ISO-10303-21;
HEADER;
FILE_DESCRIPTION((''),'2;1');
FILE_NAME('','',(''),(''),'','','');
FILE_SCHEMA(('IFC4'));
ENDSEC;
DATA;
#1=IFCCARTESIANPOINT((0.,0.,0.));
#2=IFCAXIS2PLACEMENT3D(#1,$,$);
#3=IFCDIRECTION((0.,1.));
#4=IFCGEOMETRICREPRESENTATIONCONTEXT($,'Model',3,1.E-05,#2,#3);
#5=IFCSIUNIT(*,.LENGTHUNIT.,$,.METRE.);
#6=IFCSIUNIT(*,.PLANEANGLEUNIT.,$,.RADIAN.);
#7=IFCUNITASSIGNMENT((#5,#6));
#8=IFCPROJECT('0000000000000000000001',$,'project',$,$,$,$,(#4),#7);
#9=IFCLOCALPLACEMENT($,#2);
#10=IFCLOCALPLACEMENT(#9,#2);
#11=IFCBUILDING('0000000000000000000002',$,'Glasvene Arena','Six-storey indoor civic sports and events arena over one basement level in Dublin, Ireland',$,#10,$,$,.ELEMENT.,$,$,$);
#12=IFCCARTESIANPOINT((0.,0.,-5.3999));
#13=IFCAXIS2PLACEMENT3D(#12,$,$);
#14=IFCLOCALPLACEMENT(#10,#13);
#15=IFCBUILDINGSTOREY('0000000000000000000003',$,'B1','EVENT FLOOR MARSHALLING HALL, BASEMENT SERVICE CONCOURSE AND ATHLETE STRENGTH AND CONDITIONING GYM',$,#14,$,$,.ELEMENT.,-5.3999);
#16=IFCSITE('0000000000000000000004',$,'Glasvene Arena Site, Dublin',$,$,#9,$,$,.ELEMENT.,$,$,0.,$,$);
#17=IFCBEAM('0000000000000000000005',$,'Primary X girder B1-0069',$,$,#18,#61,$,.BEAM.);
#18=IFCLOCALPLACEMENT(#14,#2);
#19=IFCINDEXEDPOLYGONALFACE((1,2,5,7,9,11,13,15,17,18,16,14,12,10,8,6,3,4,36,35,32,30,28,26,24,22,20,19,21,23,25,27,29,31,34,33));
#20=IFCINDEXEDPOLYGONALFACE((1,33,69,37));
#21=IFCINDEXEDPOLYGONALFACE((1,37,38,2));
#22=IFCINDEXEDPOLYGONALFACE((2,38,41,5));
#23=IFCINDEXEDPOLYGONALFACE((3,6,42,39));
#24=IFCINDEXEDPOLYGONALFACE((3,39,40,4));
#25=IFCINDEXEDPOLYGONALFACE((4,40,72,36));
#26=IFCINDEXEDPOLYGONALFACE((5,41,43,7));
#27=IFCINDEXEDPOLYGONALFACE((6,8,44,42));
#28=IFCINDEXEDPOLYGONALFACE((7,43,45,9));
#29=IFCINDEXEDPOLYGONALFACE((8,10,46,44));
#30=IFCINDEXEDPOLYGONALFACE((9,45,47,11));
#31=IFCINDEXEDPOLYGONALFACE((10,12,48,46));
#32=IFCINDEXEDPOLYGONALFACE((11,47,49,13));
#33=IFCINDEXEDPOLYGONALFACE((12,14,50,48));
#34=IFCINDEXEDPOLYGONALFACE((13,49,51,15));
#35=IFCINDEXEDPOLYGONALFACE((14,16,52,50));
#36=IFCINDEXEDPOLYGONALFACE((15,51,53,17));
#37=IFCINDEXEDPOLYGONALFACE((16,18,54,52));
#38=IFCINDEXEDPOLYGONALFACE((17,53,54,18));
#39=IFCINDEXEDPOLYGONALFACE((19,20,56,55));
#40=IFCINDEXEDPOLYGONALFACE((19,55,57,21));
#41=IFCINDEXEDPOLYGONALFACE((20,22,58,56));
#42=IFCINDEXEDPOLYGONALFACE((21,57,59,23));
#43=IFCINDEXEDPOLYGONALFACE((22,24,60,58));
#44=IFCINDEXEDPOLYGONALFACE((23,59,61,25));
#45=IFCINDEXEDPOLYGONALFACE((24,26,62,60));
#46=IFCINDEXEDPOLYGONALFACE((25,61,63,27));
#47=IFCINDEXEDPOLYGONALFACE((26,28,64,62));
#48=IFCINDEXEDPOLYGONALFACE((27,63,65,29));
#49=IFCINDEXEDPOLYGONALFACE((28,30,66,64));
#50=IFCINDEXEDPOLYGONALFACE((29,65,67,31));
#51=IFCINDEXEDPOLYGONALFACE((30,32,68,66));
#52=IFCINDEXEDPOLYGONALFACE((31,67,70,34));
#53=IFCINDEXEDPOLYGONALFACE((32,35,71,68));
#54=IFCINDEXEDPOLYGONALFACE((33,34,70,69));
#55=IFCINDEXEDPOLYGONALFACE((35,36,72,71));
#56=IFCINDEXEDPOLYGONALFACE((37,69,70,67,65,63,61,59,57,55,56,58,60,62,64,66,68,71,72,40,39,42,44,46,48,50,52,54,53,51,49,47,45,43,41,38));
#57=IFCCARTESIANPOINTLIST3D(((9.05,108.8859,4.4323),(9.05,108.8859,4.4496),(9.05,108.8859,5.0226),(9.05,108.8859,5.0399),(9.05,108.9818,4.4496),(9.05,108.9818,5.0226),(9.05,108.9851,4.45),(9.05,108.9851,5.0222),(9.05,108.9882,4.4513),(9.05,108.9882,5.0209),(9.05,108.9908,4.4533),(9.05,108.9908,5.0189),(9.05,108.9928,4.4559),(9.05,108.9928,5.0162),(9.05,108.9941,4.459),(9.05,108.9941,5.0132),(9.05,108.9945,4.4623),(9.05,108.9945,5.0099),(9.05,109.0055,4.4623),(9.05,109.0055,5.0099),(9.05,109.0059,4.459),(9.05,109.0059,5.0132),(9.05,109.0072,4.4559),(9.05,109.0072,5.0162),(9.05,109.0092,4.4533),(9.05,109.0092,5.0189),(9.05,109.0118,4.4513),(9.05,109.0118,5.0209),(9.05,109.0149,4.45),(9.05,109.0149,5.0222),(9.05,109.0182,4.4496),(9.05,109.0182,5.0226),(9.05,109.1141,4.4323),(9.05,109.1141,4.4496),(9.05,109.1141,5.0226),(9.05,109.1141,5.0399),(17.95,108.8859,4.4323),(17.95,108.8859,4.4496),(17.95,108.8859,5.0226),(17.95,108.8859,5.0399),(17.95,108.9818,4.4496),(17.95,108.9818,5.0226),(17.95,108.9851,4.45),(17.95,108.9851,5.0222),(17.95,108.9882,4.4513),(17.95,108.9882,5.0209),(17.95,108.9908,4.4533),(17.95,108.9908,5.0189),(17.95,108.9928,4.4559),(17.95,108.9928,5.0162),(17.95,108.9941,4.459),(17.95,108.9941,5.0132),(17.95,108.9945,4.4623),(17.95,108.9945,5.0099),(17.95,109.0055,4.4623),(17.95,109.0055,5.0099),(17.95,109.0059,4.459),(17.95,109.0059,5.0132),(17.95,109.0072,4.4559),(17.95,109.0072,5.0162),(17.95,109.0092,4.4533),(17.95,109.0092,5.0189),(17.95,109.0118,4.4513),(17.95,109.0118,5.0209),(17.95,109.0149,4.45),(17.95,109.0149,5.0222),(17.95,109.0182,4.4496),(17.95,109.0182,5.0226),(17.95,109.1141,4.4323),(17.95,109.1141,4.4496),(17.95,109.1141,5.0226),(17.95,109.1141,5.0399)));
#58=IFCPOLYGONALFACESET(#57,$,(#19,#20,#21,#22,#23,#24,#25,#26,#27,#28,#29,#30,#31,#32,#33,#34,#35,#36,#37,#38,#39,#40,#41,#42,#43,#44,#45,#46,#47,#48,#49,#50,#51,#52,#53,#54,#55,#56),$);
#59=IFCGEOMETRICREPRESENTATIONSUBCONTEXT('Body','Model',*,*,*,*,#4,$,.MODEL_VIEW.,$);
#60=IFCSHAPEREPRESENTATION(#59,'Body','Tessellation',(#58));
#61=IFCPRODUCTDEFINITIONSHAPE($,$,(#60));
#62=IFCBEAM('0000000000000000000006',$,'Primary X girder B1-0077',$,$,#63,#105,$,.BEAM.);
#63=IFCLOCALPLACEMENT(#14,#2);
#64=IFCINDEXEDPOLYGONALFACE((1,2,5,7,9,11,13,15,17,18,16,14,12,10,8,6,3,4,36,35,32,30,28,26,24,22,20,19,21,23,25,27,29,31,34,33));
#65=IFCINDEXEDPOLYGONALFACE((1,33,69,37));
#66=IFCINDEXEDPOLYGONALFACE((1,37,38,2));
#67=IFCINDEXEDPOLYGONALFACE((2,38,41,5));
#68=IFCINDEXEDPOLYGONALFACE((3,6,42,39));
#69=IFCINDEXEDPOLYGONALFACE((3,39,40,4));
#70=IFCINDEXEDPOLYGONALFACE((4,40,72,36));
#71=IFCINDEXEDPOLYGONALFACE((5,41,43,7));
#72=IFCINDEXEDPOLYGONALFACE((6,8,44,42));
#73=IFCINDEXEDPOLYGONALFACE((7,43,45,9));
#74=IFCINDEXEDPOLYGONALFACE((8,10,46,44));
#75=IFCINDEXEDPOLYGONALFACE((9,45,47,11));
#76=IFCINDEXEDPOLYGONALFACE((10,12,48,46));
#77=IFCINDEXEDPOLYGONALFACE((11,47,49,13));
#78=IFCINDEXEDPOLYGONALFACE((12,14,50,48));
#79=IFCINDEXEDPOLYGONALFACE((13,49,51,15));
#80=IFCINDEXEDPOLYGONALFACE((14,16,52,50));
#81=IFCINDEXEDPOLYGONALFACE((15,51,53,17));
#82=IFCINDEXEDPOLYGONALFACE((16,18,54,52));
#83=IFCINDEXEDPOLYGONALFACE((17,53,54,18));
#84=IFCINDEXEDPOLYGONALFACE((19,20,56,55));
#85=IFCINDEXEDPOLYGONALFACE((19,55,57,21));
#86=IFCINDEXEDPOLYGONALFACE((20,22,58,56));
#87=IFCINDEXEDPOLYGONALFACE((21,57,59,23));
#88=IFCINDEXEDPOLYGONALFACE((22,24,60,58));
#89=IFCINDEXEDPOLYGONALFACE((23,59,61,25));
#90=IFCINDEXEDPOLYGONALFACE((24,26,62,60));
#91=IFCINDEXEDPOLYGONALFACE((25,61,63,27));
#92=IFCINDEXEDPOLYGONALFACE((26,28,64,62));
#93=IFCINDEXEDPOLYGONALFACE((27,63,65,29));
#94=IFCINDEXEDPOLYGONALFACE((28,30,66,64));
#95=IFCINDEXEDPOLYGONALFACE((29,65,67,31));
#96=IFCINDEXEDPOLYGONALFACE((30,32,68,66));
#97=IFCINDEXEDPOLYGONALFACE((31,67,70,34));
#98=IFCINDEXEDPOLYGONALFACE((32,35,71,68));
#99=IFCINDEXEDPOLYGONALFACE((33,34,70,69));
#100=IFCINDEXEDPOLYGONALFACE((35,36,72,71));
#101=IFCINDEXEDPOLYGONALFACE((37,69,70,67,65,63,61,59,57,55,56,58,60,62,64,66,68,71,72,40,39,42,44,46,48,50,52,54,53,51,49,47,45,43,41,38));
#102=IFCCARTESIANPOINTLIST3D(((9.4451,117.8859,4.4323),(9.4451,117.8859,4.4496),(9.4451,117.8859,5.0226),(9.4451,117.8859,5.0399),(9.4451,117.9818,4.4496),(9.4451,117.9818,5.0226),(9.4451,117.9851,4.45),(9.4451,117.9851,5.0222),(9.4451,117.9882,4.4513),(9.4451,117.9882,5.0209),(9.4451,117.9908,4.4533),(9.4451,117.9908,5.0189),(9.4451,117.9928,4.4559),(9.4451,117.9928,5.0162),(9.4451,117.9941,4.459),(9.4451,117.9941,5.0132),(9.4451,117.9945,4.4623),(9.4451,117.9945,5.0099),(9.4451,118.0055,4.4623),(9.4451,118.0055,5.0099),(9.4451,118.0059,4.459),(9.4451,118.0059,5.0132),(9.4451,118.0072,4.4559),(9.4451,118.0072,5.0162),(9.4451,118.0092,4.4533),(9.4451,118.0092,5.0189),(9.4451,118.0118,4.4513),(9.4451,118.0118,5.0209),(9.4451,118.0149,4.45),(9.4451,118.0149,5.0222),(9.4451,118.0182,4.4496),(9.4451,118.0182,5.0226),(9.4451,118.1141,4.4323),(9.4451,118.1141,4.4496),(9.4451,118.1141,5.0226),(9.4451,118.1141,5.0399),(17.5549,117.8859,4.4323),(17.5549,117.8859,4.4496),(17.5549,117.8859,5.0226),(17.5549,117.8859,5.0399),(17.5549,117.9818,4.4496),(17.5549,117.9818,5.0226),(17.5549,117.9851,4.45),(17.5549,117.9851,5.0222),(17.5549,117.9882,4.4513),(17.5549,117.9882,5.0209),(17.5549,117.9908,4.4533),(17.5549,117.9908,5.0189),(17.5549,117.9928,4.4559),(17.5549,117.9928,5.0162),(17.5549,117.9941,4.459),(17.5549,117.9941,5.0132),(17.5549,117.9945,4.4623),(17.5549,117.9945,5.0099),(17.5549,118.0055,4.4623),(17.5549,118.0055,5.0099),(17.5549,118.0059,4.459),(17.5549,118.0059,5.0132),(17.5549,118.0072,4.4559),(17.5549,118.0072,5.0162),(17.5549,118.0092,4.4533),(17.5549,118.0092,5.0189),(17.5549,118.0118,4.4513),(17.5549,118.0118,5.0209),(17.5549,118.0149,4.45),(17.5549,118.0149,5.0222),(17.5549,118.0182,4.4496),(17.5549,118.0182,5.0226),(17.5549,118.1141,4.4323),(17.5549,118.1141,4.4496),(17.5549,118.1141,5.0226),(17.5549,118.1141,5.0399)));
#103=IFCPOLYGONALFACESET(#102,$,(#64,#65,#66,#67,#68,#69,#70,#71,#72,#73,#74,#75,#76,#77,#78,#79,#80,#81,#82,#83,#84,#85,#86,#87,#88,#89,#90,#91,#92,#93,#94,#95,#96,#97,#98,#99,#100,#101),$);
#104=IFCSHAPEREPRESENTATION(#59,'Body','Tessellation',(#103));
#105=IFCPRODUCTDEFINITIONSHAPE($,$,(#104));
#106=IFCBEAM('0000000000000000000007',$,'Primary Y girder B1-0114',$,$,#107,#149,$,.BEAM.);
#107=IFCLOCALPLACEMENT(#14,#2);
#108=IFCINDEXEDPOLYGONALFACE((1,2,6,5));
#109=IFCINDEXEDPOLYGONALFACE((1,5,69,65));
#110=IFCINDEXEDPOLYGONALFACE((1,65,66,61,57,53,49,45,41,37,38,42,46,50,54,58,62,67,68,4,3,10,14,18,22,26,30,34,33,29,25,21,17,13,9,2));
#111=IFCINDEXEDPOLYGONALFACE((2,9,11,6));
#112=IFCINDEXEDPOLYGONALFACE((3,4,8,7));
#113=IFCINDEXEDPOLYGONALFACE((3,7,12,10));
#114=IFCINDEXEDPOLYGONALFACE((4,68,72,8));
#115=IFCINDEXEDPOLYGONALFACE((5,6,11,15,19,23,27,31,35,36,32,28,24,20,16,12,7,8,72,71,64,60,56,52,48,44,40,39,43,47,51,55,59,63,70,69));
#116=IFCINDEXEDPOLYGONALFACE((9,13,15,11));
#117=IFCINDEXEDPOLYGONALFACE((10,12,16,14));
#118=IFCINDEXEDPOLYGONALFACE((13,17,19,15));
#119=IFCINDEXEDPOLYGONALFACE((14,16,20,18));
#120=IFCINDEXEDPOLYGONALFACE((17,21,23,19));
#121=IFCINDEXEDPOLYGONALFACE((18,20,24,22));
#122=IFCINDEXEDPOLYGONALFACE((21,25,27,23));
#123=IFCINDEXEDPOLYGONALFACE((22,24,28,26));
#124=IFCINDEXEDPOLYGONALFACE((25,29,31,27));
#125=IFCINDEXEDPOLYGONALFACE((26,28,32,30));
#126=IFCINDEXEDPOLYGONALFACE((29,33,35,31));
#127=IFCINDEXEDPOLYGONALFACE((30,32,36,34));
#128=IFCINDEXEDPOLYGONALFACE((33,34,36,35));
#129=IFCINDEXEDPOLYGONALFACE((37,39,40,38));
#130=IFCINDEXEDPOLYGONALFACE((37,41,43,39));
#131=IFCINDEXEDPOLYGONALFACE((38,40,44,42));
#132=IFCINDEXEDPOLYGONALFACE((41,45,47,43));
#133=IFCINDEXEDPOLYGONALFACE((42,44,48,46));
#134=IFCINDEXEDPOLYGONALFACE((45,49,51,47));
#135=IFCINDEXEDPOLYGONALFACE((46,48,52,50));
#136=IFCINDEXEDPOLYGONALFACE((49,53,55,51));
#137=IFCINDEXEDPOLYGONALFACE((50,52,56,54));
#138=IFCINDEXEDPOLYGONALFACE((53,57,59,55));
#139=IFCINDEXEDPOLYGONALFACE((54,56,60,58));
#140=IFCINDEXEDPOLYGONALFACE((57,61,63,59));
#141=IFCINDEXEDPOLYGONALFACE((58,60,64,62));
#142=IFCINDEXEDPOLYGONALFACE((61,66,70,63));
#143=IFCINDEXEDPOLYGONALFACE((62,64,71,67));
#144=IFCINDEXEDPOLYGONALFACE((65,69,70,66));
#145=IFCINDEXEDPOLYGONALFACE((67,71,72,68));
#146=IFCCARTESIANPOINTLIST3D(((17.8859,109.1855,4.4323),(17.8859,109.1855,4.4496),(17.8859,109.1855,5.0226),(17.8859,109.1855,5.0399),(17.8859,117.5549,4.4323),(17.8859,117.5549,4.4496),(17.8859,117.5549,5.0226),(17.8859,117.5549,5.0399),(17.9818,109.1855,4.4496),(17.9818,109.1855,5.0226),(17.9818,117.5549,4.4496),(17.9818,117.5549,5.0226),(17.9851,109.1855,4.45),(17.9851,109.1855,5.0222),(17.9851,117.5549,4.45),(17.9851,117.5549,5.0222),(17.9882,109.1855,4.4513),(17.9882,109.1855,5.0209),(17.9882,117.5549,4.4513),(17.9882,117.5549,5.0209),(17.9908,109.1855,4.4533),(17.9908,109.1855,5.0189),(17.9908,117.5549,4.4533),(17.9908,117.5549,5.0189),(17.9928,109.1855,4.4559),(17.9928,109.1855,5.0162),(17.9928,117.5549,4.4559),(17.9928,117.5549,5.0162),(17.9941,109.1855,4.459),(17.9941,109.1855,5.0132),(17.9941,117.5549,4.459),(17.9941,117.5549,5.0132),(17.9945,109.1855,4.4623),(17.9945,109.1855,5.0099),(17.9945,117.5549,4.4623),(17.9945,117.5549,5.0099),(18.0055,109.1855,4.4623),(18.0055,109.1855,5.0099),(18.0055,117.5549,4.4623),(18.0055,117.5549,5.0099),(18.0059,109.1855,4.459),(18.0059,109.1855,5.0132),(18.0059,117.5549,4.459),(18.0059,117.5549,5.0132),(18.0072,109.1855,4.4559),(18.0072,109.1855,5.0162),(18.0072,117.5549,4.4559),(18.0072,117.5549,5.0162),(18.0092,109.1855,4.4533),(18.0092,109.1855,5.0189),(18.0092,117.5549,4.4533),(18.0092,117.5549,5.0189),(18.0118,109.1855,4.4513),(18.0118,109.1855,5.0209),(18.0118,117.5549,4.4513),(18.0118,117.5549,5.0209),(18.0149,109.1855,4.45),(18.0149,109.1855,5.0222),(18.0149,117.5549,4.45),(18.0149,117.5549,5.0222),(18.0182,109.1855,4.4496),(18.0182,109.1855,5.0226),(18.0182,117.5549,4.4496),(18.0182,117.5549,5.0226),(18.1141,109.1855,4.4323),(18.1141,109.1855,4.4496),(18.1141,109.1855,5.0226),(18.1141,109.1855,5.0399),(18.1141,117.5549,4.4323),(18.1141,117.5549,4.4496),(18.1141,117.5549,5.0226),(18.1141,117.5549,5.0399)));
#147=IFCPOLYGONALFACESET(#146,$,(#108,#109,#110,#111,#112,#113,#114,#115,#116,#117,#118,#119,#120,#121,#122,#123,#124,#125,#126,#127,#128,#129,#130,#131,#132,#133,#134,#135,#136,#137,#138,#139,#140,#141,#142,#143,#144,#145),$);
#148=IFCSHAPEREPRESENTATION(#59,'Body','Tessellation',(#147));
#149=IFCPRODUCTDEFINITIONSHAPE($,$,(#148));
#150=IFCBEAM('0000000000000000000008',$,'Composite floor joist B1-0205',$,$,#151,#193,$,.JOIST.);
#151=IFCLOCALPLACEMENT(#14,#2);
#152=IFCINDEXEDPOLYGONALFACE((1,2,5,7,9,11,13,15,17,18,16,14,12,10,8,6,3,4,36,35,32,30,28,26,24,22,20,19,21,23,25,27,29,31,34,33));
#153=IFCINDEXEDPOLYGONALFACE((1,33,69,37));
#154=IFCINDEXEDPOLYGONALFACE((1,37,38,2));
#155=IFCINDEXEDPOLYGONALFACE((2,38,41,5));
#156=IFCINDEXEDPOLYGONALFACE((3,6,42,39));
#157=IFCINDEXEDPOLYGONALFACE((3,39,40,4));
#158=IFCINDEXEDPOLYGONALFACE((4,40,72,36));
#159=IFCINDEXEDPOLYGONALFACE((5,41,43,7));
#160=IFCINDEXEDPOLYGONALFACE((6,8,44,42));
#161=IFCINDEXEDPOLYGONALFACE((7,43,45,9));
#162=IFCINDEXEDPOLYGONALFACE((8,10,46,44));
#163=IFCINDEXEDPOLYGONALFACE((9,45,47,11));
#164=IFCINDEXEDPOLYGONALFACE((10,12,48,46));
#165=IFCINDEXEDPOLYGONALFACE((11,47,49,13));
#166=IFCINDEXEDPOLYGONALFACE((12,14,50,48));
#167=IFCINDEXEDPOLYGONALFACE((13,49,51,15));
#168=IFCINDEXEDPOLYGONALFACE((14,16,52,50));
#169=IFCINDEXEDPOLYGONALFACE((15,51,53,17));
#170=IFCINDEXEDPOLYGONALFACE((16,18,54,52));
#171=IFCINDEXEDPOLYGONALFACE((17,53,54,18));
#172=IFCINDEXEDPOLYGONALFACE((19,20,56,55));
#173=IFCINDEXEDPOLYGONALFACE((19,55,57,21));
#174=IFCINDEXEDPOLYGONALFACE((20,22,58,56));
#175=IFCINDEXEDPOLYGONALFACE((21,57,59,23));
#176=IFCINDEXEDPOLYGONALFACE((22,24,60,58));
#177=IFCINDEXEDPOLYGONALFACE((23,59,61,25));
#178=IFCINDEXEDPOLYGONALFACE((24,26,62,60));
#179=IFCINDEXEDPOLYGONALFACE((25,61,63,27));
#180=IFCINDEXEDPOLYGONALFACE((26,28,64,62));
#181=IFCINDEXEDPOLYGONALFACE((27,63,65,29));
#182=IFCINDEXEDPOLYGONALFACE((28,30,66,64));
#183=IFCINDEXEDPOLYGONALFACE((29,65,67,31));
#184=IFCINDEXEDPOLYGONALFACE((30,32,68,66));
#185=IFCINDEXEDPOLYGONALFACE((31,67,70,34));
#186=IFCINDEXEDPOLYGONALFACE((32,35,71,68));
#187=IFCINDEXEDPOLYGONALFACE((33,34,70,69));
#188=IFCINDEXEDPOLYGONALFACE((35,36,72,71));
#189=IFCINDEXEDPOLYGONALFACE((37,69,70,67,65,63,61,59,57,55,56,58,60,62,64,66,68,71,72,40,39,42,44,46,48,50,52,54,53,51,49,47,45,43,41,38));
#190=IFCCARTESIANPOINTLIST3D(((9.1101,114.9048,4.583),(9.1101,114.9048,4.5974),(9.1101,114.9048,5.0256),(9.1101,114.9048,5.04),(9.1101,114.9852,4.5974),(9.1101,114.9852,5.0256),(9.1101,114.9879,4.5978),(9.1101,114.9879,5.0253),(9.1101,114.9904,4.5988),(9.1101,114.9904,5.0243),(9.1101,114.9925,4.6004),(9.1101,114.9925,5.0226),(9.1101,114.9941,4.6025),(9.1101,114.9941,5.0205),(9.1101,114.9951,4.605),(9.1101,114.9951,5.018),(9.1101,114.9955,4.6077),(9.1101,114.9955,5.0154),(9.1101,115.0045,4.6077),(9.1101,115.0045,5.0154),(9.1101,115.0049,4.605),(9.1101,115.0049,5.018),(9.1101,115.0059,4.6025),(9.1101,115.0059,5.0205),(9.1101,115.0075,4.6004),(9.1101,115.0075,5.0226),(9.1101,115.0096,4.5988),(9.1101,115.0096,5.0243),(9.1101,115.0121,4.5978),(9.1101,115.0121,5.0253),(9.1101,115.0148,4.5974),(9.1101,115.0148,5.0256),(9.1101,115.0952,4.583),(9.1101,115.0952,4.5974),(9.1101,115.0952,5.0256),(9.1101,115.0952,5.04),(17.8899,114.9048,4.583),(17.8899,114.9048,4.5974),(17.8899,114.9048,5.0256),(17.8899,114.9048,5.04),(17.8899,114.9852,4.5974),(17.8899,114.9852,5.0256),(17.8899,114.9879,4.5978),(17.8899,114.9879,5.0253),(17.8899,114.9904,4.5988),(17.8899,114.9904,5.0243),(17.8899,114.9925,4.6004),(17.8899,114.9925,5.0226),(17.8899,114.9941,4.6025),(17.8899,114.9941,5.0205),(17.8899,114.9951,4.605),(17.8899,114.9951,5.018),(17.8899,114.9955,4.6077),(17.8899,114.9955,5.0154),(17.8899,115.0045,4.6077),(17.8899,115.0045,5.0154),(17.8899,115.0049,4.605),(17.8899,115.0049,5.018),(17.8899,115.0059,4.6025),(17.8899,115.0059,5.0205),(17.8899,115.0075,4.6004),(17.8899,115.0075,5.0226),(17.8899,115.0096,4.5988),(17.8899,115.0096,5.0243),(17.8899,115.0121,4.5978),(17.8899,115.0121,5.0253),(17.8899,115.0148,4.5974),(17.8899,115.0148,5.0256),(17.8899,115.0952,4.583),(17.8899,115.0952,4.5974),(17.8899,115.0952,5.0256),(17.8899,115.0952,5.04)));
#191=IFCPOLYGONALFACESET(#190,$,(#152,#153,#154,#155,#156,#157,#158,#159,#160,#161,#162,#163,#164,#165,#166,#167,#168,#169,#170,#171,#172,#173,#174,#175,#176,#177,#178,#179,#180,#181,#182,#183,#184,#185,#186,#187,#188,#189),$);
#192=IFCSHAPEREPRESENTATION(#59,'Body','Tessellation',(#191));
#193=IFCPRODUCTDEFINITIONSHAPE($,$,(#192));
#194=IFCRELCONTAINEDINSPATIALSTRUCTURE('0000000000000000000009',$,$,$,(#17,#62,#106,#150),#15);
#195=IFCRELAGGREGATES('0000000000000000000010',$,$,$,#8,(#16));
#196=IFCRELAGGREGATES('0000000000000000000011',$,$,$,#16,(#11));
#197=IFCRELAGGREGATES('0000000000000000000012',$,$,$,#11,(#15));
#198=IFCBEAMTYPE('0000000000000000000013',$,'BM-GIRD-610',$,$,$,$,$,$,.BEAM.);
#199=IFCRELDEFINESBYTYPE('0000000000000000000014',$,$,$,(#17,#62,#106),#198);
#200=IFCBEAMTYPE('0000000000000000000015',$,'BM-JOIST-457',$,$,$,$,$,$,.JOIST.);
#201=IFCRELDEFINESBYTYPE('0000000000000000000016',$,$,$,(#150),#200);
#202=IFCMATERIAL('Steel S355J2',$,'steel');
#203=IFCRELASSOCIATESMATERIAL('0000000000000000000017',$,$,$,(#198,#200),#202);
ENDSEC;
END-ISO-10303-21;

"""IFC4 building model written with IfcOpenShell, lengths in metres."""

from ifc_helpers import new_model, si_unit, direction, frame, origin, origin_2d, place, context, subcontext, project, spatial, i_section, extrude, material, material_profile, profile_set, type_object, element, save


model = new_model("IFC4")

# Units and contexts
model_context = context("Model", 3, precision=1e-05, world=origin(), true_north=direction((0.0, 1.0)))
body_context = subcontext(model_context, "Body", "Model", "MODEL_VIEW")
ifc_project = project(units=[si_unit("LENGTHUNIT", "METRE"), si_unit("PLANEANGLEUNIT", "RADIAN")], contexts=[model_context])

# Site, building, storey
site_placement = place(None, origin())
site = spatial("IfcSite", under=ifc_project, at=site_placement, Name="Glasvene Arena Site, Dublin", CompositionType="ELEMENT", RefElevation=0.0)
building_placement = place(site_placement, origin())
building = spatial("IfcBuilding", under=site, at=building_placement, Name="Glasvene Arena", Description="Six-storey indoor civic sports and events arena over one basement level in Dublin, Ireland", CompositionType="ELEMENT")
storey_placement = place(building_placement, frame((0.0, 0.0, -5.3999)))
storey = spatial("IfcBuildingStorey", under=building, at=storey_placement, Name="B1", Description="EVENT FLOOR MARSHALLING HALL, BASEMENT SERVICE CONCOURSE AND ATHLETE STRENGTH AND CONDITIONING GYM", CompositionType="ELEMENT", Elevation=-5.3999)

# Shared definitions
ifc_material_1 = material(Name="Steel S355J2", Category="steel")

# Beams
ifc_material_profile_1 = material_profile(ifc_material_1, i_section(OverallWidth=0.2283, OverallDepth=0.6077, WebThickness=0.011, FlangeThickness=0.0173, FilletRadius=0.0127, at=origin_2d()), Name="UKB 610x229x113")
ifc_profile_set_1 = profile_set([ifc_material_profile_1], Name="Steel S355J2")
beam_type_1 = type_object("IfcBeamType", Name="BM-GIRD-610", PredefinedType="BEAM", material=ifc_profile_set_1)
beam_1_placement = place(storey_placement, frame((9.05, 109.0, 4.7361), z_axis=(1.0, 0.0, 0.0), x_axis=(0.0, 1.0, 0.0)))
element("IfcBeam", 1, at=beam_1_placement, inside=storey, type_object=beam_type_1, Name="Primary X girder B1-0069", PredefinedType="BEAM", context=body_context, shape_type="SweptSolid", body=[
    extrude(i_section(OverallWidth=0.2283, OverallDepth=0.6077, WebThickness=0.011, FlangeThickness=0.0173, FilletRadius=0.0127, at=origin_2d()), origin(), (0.0, 0.0, 1.0), 8.8999),
])
beam_2_placement = place(storey_placement, frame((9.4451, 118.0, 4.7361), z_axis=(1.0, 0.0, 0.0), x_axis=(0.0, 1.0, 0.0)))
element("IfcBeam", 2, at=beam_2_placement, inside=storey, type_object=beam_type_1, Name="Primary X girder B1-0077", PredefinedType="BEAM", context=body_context, shape_type="SweptSolid", body=[
    extrude(i_section(OverallWidth=0.2283, OverallDepth=0.6077, WebThickness=0.011, FlangeThickness=0.0173, FilletRadius=0.0127, at=origin_2d()), origin(), (0.0, 0.0, 1.0), 8.1099),
])
beam_3_placement = place(storey_placement, frame((18.0, 109.1855, 4.7361), z_axis=(0.0, 1.0, 0.0), x_axis=(-1.0, 0.0, 0.0)))
element("IfcBeam", 3, at=beam_3_placement, inside=storey, type_object=beam_type_1, Name="Primary Y girder B1-0114", PredefinedType="BEAM", context=body_context, shape_type="SweptSolid", body=[
    extrude(i_section(OverallWidth=0.2283, OverallDepth=0.6077, WebThickness=0.011, FlangeThickness=0.0173, FilletRadius=0.0127, at=origin_2d()), origin(), (0.0, 0.0, 1.0), 8.3694),
])
ifc_material_profile_2 = material_profile(ifc_material_1, i_section(OverallWidth=0.1904, OverallDepth=0.457, WebThickness=0.009, FlangeThickness=0.0144, FilletRadius=0.0103, at=origin_2d()), Name="UKB 457x191x74")
ifc_profile_set_2 = profile_set([ifc_material_profile_2], Name="Steel S355J2")
beam_type_2 = type_object("IfcBeamType", Name="BM-JOIST-457", PredefinedType="JOIST", material=ifc_profile_set_2)
beam_4_placement = place(storey_placement, frame((9.1101, 115.0, 4.8115), z_axis=(1.0, 0.0, 0.0), x_axis=(0.0, 1.0, 0.0)))
element("IfcBeam", 4, at=beam_4_placement, inside=storey, type_object=beam_type_2, Name="Composite floor joist B1-0205", PredefinedType="JOIST", context=body_context, shape_type="SweptSolid", body=[
    extrude(i_section(OverallWidth=0.1904, OverallDepth=0.457, WebThickness=0.009, FlangeThickness=0.0144, FilletRadius=0.0103, at=origin_2d()), origin(), (0.0, 0.0, 1.0), 8.7798),
])

save(model, "model.ifc")
